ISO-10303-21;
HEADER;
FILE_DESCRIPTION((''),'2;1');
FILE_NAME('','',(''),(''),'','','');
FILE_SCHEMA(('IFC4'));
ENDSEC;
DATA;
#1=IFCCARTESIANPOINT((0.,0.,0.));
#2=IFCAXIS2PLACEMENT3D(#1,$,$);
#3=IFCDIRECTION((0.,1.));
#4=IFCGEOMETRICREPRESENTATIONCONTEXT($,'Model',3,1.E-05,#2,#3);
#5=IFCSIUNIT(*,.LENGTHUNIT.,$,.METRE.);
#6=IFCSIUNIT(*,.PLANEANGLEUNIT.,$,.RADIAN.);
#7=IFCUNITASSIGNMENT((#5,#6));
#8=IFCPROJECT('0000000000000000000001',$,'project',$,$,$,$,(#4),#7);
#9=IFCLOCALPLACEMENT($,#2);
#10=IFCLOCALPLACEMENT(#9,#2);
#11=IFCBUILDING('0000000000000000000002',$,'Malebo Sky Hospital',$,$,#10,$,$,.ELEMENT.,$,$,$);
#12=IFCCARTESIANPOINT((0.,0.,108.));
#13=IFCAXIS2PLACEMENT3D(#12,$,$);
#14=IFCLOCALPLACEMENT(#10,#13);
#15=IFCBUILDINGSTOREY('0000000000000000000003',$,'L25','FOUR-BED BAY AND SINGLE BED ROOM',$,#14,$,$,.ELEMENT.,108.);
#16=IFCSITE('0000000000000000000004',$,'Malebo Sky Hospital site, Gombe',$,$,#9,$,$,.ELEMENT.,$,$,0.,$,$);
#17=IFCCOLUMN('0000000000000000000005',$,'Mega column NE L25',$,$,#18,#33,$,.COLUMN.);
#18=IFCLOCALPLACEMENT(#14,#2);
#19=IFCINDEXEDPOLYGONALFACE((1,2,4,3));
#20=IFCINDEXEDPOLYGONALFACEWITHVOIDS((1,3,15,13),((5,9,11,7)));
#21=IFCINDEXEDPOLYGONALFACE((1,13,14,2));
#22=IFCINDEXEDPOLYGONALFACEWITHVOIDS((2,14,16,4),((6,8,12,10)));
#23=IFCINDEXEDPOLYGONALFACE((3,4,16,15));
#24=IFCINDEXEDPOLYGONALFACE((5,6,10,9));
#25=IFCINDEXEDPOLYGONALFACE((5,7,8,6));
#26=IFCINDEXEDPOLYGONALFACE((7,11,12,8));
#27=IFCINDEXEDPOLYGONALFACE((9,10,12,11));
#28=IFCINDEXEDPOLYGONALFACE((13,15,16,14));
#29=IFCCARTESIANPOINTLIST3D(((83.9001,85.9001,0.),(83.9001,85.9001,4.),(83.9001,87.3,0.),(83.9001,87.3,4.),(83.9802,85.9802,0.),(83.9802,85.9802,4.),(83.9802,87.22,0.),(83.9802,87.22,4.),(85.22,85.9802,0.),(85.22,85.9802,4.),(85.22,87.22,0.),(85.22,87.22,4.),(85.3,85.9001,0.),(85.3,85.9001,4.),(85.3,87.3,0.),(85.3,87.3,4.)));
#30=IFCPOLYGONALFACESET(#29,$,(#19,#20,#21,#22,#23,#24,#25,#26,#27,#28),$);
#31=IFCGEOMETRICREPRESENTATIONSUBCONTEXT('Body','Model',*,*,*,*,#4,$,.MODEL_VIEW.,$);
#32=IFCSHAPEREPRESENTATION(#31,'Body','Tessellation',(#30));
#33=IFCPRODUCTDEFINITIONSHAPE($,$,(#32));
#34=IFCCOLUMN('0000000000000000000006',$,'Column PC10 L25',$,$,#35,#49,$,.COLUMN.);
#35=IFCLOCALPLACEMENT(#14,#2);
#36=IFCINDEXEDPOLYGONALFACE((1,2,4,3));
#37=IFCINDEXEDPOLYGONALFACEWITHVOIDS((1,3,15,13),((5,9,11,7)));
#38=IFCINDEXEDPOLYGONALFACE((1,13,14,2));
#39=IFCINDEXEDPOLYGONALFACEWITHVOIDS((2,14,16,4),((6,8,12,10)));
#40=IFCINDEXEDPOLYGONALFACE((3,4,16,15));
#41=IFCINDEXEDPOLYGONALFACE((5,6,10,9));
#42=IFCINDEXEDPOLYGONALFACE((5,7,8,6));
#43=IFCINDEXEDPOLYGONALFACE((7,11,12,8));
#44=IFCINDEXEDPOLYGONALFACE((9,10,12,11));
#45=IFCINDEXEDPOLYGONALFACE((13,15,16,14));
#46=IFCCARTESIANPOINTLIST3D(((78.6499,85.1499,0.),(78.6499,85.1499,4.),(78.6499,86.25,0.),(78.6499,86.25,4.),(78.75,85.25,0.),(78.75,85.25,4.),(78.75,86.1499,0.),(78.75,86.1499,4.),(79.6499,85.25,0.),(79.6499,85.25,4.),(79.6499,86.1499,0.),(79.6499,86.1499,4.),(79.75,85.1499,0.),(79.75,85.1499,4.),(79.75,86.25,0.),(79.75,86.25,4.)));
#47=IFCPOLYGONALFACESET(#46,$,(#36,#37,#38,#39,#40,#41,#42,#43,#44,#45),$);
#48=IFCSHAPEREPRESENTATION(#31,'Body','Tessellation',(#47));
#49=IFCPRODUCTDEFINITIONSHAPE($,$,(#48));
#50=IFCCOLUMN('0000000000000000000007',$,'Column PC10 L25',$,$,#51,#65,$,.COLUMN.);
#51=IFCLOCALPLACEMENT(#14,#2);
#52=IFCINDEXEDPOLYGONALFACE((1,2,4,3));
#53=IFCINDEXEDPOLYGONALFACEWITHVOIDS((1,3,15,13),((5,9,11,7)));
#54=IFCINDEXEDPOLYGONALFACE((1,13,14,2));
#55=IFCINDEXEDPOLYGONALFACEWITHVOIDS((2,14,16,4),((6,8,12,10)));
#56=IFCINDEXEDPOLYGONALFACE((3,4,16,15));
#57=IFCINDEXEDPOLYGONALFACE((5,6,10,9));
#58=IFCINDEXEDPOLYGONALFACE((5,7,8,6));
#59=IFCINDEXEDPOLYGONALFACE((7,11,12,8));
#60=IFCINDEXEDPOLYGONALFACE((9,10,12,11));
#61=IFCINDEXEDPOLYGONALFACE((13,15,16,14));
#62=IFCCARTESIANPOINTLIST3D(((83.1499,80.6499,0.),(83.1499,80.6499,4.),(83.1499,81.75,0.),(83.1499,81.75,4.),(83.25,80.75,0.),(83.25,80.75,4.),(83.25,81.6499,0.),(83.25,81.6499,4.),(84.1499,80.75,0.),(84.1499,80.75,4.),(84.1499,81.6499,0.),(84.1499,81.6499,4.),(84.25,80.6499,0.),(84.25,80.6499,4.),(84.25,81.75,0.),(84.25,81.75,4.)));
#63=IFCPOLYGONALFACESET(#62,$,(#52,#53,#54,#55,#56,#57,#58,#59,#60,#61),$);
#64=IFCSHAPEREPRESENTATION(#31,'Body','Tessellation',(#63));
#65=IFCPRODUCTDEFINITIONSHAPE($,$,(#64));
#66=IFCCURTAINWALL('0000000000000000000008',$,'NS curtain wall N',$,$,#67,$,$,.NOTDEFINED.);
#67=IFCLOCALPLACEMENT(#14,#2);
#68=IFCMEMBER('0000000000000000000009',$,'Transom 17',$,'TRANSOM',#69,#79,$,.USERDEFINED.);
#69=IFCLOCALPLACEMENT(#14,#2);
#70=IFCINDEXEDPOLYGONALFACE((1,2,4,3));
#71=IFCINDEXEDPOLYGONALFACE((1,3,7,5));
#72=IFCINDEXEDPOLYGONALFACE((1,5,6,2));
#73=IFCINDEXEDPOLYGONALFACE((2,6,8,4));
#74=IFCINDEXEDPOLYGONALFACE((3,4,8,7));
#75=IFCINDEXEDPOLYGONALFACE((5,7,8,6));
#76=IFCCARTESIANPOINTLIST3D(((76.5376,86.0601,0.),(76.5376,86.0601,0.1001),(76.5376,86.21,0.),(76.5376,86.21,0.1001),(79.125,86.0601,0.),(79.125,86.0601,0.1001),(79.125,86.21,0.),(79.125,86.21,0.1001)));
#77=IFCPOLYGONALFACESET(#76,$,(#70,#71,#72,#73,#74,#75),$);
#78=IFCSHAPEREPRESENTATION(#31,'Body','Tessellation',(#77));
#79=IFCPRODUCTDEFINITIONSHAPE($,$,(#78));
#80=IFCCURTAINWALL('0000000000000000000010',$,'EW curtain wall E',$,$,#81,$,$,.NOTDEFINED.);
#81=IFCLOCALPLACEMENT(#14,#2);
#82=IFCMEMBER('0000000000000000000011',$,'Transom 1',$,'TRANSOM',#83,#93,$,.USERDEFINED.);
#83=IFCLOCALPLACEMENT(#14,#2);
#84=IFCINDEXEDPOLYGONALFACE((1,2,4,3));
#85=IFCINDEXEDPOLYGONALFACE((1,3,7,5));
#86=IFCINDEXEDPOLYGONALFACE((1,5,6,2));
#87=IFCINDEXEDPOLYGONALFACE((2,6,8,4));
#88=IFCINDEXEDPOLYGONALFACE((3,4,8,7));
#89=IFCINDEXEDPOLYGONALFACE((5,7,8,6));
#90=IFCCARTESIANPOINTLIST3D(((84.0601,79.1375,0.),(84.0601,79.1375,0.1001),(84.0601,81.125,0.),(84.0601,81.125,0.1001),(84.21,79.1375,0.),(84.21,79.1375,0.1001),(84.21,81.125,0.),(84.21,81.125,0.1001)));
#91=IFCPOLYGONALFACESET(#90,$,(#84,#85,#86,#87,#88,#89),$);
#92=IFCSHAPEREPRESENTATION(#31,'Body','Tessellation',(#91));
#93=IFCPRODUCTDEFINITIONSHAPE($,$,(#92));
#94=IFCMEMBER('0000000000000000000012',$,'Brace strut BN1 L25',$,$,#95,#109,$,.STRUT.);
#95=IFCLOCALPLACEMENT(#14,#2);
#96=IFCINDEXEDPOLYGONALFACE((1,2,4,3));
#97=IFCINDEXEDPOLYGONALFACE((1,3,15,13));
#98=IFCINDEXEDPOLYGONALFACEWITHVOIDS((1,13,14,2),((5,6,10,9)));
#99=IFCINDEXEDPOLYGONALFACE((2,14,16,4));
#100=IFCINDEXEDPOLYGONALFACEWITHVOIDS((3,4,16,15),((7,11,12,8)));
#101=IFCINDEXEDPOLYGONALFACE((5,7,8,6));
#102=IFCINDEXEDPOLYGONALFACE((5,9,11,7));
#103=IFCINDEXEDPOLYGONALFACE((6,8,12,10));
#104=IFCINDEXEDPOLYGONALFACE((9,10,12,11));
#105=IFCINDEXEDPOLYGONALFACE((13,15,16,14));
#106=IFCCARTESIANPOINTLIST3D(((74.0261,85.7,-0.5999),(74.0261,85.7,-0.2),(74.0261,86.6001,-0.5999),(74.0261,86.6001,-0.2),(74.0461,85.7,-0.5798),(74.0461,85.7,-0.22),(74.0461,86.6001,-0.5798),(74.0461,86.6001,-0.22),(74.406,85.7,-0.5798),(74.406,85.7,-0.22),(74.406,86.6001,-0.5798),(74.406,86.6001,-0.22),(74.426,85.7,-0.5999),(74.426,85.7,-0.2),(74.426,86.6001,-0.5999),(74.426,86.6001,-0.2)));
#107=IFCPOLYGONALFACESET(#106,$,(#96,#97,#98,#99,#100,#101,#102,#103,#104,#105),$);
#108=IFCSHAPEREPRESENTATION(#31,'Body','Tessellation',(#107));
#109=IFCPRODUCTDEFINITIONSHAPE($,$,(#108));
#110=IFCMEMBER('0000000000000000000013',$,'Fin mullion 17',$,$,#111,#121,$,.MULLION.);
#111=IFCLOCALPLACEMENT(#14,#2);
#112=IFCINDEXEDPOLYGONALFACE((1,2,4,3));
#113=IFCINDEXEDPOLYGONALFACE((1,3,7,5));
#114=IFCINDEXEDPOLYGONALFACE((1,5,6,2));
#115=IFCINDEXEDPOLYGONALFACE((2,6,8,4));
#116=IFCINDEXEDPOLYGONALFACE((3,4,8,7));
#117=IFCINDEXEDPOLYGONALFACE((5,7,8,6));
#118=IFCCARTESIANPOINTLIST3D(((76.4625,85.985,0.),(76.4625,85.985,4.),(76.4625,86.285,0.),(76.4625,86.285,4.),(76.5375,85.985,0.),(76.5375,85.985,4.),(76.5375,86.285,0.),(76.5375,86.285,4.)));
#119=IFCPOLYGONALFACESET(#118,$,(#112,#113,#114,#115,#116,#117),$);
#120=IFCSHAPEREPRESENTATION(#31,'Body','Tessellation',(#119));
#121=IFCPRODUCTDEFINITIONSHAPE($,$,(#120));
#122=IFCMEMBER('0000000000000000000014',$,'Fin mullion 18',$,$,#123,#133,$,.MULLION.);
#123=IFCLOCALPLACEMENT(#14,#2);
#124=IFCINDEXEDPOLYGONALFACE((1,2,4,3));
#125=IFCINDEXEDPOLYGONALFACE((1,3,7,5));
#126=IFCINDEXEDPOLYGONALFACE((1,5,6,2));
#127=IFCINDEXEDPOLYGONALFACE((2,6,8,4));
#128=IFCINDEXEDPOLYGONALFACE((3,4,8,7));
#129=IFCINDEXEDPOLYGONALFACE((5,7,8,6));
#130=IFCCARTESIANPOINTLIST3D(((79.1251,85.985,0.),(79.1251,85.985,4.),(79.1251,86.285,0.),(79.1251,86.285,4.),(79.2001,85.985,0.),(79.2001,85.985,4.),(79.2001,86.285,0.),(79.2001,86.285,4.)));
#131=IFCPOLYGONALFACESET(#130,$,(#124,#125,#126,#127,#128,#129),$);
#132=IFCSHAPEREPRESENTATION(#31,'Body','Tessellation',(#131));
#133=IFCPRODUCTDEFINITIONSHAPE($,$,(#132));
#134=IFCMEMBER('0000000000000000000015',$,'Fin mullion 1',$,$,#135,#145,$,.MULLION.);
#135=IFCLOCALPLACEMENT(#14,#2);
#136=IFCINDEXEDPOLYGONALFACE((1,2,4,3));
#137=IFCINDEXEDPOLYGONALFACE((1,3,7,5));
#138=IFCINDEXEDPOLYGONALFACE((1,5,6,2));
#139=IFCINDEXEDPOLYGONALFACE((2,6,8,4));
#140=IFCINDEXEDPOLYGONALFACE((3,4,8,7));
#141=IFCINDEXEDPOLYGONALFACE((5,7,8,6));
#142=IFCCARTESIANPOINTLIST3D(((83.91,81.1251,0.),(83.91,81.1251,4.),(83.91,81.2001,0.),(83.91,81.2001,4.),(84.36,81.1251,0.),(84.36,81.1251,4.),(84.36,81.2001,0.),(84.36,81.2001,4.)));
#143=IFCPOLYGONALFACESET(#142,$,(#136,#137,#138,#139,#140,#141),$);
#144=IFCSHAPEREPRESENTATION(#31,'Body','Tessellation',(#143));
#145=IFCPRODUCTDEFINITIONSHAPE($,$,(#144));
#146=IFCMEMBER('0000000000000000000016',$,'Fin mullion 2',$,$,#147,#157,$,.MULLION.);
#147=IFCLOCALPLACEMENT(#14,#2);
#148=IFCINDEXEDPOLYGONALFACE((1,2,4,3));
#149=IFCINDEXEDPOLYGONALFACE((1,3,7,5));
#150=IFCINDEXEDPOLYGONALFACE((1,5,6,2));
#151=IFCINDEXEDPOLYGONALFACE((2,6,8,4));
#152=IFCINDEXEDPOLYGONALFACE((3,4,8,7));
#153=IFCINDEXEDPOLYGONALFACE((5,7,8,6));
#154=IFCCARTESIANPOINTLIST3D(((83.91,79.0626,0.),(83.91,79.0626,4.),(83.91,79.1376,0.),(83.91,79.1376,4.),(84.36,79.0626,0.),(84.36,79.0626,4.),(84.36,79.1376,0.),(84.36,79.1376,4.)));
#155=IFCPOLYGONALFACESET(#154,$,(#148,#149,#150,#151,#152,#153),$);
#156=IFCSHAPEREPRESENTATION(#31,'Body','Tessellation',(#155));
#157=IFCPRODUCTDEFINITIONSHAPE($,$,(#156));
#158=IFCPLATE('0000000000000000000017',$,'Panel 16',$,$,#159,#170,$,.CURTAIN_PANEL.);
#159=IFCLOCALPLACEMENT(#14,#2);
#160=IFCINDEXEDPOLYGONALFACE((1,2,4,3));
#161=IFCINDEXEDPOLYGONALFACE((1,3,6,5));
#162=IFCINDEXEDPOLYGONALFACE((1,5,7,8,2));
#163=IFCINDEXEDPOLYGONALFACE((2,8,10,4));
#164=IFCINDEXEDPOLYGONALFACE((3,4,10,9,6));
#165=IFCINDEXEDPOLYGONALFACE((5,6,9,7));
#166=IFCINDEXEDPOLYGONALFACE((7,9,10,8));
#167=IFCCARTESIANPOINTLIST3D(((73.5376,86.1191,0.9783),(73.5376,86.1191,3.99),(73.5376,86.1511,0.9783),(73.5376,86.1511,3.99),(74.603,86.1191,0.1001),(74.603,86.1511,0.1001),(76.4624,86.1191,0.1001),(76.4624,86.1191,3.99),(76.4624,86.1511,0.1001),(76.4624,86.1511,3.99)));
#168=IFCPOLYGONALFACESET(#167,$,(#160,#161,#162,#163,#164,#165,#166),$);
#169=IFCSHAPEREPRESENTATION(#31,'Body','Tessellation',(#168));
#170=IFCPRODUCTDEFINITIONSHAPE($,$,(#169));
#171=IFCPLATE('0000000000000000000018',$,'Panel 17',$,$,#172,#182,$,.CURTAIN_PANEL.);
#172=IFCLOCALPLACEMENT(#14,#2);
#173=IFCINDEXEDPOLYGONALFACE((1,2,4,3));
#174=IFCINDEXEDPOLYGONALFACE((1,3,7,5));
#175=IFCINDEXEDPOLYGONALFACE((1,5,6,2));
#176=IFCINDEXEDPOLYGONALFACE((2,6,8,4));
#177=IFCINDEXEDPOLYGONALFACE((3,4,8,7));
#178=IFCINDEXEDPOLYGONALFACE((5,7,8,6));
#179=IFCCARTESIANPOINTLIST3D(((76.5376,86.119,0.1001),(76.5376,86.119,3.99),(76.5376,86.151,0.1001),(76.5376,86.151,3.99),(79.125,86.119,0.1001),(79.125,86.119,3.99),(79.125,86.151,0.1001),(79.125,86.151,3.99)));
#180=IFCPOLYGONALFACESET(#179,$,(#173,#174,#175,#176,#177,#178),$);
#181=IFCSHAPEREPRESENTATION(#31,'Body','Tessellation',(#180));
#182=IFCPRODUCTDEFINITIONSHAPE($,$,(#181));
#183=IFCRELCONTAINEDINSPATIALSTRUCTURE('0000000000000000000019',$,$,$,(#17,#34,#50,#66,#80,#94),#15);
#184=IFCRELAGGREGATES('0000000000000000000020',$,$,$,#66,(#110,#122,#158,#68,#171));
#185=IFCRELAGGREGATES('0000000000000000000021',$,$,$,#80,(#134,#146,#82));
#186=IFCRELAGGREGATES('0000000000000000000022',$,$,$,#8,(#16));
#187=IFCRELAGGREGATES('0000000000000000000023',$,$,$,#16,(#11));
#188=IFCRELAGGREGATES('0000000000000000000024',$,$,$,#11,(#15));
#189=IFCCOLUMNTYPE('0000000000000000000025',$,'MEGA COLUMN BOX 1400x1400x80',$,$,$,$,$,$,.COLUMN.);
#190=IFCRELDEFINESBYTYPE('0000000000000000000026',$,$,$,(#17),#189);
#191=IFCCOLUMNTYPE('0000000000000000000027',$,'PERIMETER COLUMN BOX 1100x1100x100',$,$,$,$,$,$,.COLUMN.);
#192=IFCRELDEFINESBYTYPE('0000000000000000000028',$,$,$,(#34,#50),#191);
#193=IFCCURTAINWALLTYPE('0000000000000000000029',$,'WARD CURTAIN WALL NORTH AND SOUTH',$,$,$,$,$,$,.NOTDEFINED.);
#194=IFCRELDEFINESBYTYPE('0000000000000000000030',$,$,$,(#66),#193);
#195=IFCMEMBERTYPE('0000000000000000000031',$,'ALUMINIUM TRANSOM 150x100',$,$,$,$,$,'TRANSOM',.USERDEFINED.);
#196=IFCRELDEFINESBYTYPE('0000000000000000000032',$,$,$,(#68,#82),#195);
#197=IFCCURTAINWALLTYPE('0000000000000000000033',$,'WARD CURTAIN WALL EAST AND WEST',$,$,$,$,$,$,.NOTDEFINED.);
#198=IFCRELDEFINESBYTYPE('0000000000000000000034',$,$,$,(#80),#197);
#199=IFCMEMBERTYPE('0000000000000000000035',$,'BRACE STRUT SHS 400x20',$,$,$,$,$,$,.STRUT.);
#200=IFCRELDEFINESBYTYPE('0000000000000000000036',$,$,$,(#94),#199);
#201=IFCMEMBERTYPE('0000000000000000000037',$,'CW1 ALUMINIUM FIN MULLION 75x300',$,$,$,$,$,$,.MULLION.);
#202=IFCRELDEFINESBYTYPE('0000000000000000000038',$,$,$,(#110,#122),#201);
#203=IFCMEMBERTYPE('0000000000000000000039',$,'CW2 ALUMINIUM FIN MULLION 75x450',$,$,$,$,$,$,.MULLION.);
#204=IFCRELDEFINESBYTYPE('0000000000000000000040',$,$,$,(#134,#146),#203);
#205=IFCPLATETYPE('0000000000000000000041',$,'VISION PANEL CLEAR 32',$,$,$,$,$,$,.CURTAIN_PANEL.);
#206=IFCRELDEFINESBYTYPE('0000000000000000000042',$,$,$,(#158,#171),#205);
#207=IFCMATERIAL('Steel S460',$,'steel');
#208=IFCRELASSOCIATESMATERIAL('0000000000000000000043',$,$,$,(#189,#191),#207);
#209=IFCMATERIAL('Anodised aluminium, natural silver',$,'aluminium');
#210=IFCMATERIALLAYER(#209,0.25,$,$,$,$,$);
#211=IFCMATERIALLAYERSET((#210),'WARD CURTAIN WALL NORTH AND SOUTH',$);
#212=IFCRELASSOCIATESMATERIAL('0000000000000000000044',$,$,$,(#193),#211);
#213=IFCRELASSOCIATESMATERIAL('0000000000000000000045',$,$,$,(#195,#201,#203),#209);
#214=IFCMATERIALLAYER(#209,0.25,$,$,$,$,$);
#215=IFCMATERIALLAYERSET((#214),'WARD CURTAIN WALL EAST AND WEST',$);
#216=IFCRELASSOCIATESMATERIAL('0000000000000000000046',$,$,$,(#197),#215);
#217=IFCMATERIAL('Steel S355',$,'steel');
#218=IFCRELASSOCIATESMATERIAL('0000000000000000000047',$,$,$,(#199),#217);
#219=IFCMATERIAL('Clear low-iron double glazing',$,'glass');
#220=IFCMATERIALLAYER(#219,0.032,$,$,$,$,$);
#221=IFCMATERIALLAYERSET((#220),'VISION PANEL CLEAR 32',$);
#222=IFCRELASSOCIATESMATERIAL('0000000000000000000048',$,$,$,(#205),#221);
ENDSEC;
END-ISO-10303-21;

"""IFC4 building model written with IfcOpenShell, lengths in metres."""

from ifc_helpers import new_model, si_unit, direction, frame, origin, origin_2d, place, context, subcontext, project, spatial, polyline, rectangle, hollow_rectangle, outline, extrude, material, layer, layer_set, material_profile, profile_set, type_object, element, aggregate, save


model = new_model("IFC4")

# Units and contexts
model_context = context("Model", 3, precision=1e-05, world=origin(), true_north=direction((0.0, 1.0)))
body_context = subcontext(model_context, "Body", "Model", "MODEL_VIEW")
ifc_project = project(units=[si_unit("LENGTHUNIT", "METRE"), si_unit("PLANEANGLEUNIT", "RADIAN")], contexts=[model_context])

# Site, building, storey
site_placement = place(None, origin())
site = spatial("IfcSite", under=ifc_project, at=site_placement, Name="Malebo Sky Hospital site, Gombe", CompositionType="ELEMENT", RefElevation=0.0)
building_placement = place(site_placement, origin())
building = spatial("IfcBuilding", under=site, at=building_placement, Name="Malebo Sky Hospital", CompositionType="ELEMENT")
storey_placement = place(building_placement, frame((0.0, 0.0, 108.0)))
storey = spatial("IfcBuildingStorey", under=building, at=storey_placement, Name="L25", Description="FOUR-BED BAY AND SINGLE BED ROOM", CompositionType="ELEMENT", Elevation=108.0)

# Columns
ifc_material_1 = material(Name="Steel S460", Category="steel")
ifc_material_profile_1 = material_profile(ifc_material_1, hollow_rectangle(XDim=1.3999, YDim=1.3999, WallThickness=0.0801, at=origin_2d()), Name="BOX 1400x1400x80")
ifc_profile_set_1 = profile_set([ifc_material_profile_1], Name="Steel S460")
column_type_1 = type_object("IfcColumnType", Name="MEGA COLUMN BOX 1400x1400x80", PredefinedType="COLUMN", material=ifc_profile_set_1)
column_placement = place(storey_placement, frame((84.6001, 86.6001, 0.0), z_axis=(0.0, 0.0, 1.0), x_axis=(1.0, 0.0, 0.0)))
element("IfcColumn", 1, at=column_placement, inside=storey, type_object=column_type_1, Name="Mega column NE L25", PredefinedType="COLUMN", context=body_context, shape_type="SweptSolid", body=[
    extrude(hollow_rectangle(XDim=1.3999, YDim=1.3999, WallThickness=0.0801, at=origin_2d()), origin(), (0.0, 0.0, 1.0), 4.0),
])
ifc_material_profile_2 = material_profile(ifc_material_1, hollow_rectangle(XDim=1.1001, YDim=1.1001, WallThickness=0.1001, at=origin_2d()), Name="BOX 1100x1100x100")
ifc_profile_set_2 = profile_set([ifc_material_profile_2], Name="Steel S460")
column_type_2 = type_object("IfcColumnType", Name="PERIMETER COLUMN BOX 1100x1100x100", PredefinedType="COLUMN", material=ifc_profile_set_2)
for number, where, z_axis, x_axis, name in (
    (2, (79.2, 85.7, 0.0), (0.0, 0.0, 1.0), (1.0, 0.0, 0.0), "Column PC10 L25"),
    (3, (83.7, 81.2, 0.0), (0.0, 0.0, 1.0), (1.0, 0.0, 0.0), "Column PC10 L25"),
):
    element("IfcColumn", number, at=place(storey_placement, frame(where, z_axis=z_axis, x_axis=x_axis)), inside=storey, type_object=column_type_2, Name=name, PredefinedType="COLUMN", context=body_context, shape_type="SweptSolid", body=[
        extrude(hollow_rectangle(XDim=1.1001, YDim=1.1001, WallThickness=0.1001, at=origin_2d()), origin(), (0.0, 0.0, 1.0), 4.0),
    ])

# Curtain walls, members
ifc_material_2 = material(Name="Anodised aluminium, natural silver", Category="aluminium")
ifc_layer_1 = layer(ifc_material_2, 0.25)
ifc_layer_set_1 = layer_set([ifc_layer_1], Name="WARD CURTAIN WALL NORTH AND SOUTH")
curtain_wall_type_1 = type_object("IfcCurtainWallType", Name="WARD CURTAIN WALL NORTH AND SOUTH", PredefinedType="NOTDEFINED", material=ifc_layer_set_1)
curtain_wall_1_placement = place(storey_placement, origin())
curtain_wall_1 = element("IfcCurtainWall", 4, at=curtain_wall_1_placement, inside=storey, type_object=curtain_wall_type_1, Name="NS curtain wall N", PredefinedType="NOTDEFINED")
ifc_material_profile_3 = material_profile(ifc_material_2, rectangle(XDim=0.1499, YDim=0.1001, at=origin_2d()), Name="ALUMINIUM TRANSOM 150x100")
ifc_profile_set_3 = profile_set([ifc_material_profile_3], Name="Anodised aluminium, natural silver")
member_type_1 = type_object("IfcMemberType", Name="ALUMINIUM TRANSOM 150x100", ElementType="TRANSOM", PredefinedType="USERDEFINED", material=ifc_profile_set_3)
member_1_placement = place(storey_placement, frame((76.5376, 86.135, 0.05), z_axis=(1.0, 0.0, 0.0), x_axis=(0.0, 1.0, 0.0)))
member_1 = element("IfcMember", 5, at=member_1_placement, type_object=member_type_1, Name="Transom 17", ObjectType="TRANSOM", PredefinedType="USERDEFINED", context=body_context, shape_type="SweptSolid", body=[
    extrude(rectangle(XDim=0.1499, YDim=0.1001, at=origin_2d()), origin(), (0.0, 0.0, 1.0), 2.5874),
])
ifc_layer_2 = layer(ifc_material_2, 0.25)
ifc_layer_set_2 = layer_set([ifc_layer_2], Name="WARD CURTAIN WALL EAST AND WEST")
curtain_wall_type_2 = type_object("IfcCurtainWallType", Name="WARD CURTAIN WALL EAST AND WEST", PredefinedType="NOTDEFINED", material=ifc_layer_set_2)
curtain_wall_2_placement = place(storey_placement, origin())
curtain_wall_2 = element("IfcCurtainWall", 6, at=curtain_wall_2_placement, inside=storey, type_object=curtain_wall_type_2, Name="EW curtain wall E", PredefinedType="NOTDEFINED")
member_2_placement = place(storey_placement, frame((84.135, 81.125, 0.05), z_axis=(0.0, -1.0, 0.0), x_axis=(1.0, 0.0, 0.0)))
member_2 = element("IfcMember", 7, at=member_2_placement, type_object=member_type_1, Name="Transom 1", ObjectType="TRANSOM", PredefinedType="USERDEFINED", context=body_context, shape_type="SweptSolid", body=[
    extrude(rectangle(XDim=0.1499, YDim=0.1001, at=origin_2d()), origin(), (0.0, 0.0, 1.0), 1.9875),
])

# Members
ifc_material_3 = material(Name="Steel S355", Category="steel")
ifc_material_profile_4 = material_profile(ifc_material_3, hollow_rectangle(XDim=0.3999, YDim=0.3999, WallThickness=0.02, at=origin_2d()), Name="SHS 400x20")
ifc_profile_set_4 = profile_set([ifc_material_profile_4], Name="Steel S355")
member_type_2 = type_object("IfcMemberType", Name="BRACE STRUT SHS 400x20", PredefinedType="STRUT", material=ifc_profile_set_4)
member_3_placement = place(storey_placement, frame((74.2261, 86.6001, -0.3999), z_axis=(0.0, -1.0, 0.0), x_axis=(1.0, 0.0, 0.0)))
element("IfcMember", 8, at=member_3_placement, inside=storey, type_object=member_type_2, Name="Brace strut BN1 L25", PredefinedType="STRUT", context=body_context, shape_type="SweptSolid", body=[
    extrude(hollow_rectangle(XDim=0.3999, YDim=0.3999, WallThickness=0.02, at=origin_2d()), origin(), (0.0, 0.0, 1.0), 0.9001),
])
ifc_material_profile_5 = material_profile(ifc_material_2, rectangle(XDim=0.075, YDim=0.3, at=origin_2d()), Name="CW1 ALUMINIUM FIN MULLION 75x300")
ifc_profile_set_5 = profile_set([ifc_material_profile_5], Name="Anodised aluminium, natural silver")
member_type_3 = type_object("IfcMemberType", Name="CW1 ALUMINIUM FIN MULLION 75x300", PredefinedType="MULLION", material=ifc_profile_set_5)
member_4_placement = place(storey_placement, frame((76.5, 86.135, 0.0), z_axis=(0.0, 0.0, 1.0), x_axis=(1.0, 0.0, 0.0)))
member_4 = element("IfcMember", 9, at=member_4_placement, type_object=member_type_3, Name="Fin mullion 17", PredefinedType="MULLION", context=body_context, shape_type="SweptSolid", body=[
    extrude(rectangle(XDim=0.075, YDim=0.3, at=origin_2d()), origin(), (0.0, 0.0, 1.0), 4.0),
])
member_5_placement = place(storey_placement, frame((79.1626, 86.135, 0.0), z_axis=(0.0, 0.0, 1.0), x_axis=(1.0, 0.0, 0.0)))
member_5 = element("IfcMember", 10, at=member_5_placement, type_object=member_type_3, Name="Fin mullion 18", PredefinedType="MULLION", context=body_context, shape_type="SweptSolid", body=[
    extrude(rectangle(XDim=0.075, YDim=0.3, at=origin_2d()), origin(), (0.0, 0.0, 1.0), 4.0),
])
ifc_material_profile_6 = material_profile(ifc_material_2, rectangle(XDim=0.075, YDim=0.45, at=origin_2d()), Name="CW2 ALUMINIUM FIN MULLION 75x450")
ifc_profile_set_6 = profile_set([ifc_material_profile_6], Name="Anodised aluminium, natural silver")
member_type_4 = type_object("IfcMemberType", Name="CW2 ALUMINIUM FIN MULLION 75x450", PredefinedType="MULLION", material=ifc_profile_set_6)
member_6_placement = place(storey_placement, frame((84.135, 81.1626, 0.0), z_axis=(0.0, 0.0, 1.0), x_axis=(0.0, -1.0, 0.0)))
member_6 = element("IfcMember", 11, at=member_6_placement, type_object=member_type_4, Name="Fin mullion 1", PredefinedType="MULLION", context=body_context, shape_type="SweptSolid", body=[
    extrude(rectangle(XDim=0.075, YDim=0.45, at=origin_2d()), origin(), (0.0, 0.0, 1.0), 4.0),
])
member_7_placement = place(storey_placement, frame((84.135, 79.1001, 0.0), z_axis=(0.0, 0.0, 1.0), x_axis=(0.0, -1.0, 0.0)))
member_7 = element("IfcMember", 12, at=member_7_placement, type_object=member_type_4, Name="Fin mullion 2", PredefinedType="MULLION", context=body_context, shape_type="SweptSolid", body=[
    extrude(rectangle(XDim=0.075, YDim=0.45, at=origin_2d()), origin(), (0.0, 0.0, 1.0), 4.0),
])

# Plates
ifc_material_4 = material(Name="Clear low-iron double glazing", Category="glass")
ifc_layer_3 = layer(ifc_material_4, 0.032)
ifc_layer_set_3 = layer_set([ifc_layer_3], Name="VISION PANEL CLEAR 32")
plate_type = type_object("IfcPlateType", Name="VISION PANEL CLEAR 32", PredefinedType="CURTAIN_PANEL", material=ifc_layer_set_3)
plate_1_placement = place(storey_placement, frame((75.0, 86.135, 0.1001), z_axis=(0.0, 0.0, 1.0), x_axis=(1.0, 0.0, 0.0)))
plate_1 = element("IfcPlate", 13, at=plate_1_placement, type_object=plate_type, Name="Panel 16", PredefinedType="CURTAIN_PANEL", context=body_context, shape_type="SweptSolid", body=[
    extrude(outline(polyline([(-0.397, 0.0), (1.4624, 0.0), (1.4624, 3.8899), (-1.4624, 3.8899), (-1.4624, 0.8782), (-0.397, 0.0)])), frame((0.0, 0.0161, 0.0), z_axis=(0.0, -1.0, 0.0), x_axis=(1.0, 0.0, 0.0)), (0.0, 0.0, 1.0), 0.032),
])
plate_2_placement = place(storey_placement, frame((77.8313, 86.135, 0.1001), z_axis=(0.0, 0.0, 1.0), x_axis=(1.0, 0.0, 0.0)))
plate_2 = element("IfcPlate", 14, at=plate_2_placement, type_object=plate_type, Name="Panel 17", PredefinedType="CURTAIN_PANEL", context=body_context, shape_type="SweptSolid", body=[
    extrude(rectangle(XDim=2.5874, YDim=0.032, at=origin_2d()), origin(), (0.0, 0.0, 1.0), 3.8899),
])
aggregate(curtain_wall_1, [member_4, member_5, plate_1, member_1, plate_2])
aggregate(curtain_wall_2, [member_6, member_7, member_2])

save(model, "model.ifc")
